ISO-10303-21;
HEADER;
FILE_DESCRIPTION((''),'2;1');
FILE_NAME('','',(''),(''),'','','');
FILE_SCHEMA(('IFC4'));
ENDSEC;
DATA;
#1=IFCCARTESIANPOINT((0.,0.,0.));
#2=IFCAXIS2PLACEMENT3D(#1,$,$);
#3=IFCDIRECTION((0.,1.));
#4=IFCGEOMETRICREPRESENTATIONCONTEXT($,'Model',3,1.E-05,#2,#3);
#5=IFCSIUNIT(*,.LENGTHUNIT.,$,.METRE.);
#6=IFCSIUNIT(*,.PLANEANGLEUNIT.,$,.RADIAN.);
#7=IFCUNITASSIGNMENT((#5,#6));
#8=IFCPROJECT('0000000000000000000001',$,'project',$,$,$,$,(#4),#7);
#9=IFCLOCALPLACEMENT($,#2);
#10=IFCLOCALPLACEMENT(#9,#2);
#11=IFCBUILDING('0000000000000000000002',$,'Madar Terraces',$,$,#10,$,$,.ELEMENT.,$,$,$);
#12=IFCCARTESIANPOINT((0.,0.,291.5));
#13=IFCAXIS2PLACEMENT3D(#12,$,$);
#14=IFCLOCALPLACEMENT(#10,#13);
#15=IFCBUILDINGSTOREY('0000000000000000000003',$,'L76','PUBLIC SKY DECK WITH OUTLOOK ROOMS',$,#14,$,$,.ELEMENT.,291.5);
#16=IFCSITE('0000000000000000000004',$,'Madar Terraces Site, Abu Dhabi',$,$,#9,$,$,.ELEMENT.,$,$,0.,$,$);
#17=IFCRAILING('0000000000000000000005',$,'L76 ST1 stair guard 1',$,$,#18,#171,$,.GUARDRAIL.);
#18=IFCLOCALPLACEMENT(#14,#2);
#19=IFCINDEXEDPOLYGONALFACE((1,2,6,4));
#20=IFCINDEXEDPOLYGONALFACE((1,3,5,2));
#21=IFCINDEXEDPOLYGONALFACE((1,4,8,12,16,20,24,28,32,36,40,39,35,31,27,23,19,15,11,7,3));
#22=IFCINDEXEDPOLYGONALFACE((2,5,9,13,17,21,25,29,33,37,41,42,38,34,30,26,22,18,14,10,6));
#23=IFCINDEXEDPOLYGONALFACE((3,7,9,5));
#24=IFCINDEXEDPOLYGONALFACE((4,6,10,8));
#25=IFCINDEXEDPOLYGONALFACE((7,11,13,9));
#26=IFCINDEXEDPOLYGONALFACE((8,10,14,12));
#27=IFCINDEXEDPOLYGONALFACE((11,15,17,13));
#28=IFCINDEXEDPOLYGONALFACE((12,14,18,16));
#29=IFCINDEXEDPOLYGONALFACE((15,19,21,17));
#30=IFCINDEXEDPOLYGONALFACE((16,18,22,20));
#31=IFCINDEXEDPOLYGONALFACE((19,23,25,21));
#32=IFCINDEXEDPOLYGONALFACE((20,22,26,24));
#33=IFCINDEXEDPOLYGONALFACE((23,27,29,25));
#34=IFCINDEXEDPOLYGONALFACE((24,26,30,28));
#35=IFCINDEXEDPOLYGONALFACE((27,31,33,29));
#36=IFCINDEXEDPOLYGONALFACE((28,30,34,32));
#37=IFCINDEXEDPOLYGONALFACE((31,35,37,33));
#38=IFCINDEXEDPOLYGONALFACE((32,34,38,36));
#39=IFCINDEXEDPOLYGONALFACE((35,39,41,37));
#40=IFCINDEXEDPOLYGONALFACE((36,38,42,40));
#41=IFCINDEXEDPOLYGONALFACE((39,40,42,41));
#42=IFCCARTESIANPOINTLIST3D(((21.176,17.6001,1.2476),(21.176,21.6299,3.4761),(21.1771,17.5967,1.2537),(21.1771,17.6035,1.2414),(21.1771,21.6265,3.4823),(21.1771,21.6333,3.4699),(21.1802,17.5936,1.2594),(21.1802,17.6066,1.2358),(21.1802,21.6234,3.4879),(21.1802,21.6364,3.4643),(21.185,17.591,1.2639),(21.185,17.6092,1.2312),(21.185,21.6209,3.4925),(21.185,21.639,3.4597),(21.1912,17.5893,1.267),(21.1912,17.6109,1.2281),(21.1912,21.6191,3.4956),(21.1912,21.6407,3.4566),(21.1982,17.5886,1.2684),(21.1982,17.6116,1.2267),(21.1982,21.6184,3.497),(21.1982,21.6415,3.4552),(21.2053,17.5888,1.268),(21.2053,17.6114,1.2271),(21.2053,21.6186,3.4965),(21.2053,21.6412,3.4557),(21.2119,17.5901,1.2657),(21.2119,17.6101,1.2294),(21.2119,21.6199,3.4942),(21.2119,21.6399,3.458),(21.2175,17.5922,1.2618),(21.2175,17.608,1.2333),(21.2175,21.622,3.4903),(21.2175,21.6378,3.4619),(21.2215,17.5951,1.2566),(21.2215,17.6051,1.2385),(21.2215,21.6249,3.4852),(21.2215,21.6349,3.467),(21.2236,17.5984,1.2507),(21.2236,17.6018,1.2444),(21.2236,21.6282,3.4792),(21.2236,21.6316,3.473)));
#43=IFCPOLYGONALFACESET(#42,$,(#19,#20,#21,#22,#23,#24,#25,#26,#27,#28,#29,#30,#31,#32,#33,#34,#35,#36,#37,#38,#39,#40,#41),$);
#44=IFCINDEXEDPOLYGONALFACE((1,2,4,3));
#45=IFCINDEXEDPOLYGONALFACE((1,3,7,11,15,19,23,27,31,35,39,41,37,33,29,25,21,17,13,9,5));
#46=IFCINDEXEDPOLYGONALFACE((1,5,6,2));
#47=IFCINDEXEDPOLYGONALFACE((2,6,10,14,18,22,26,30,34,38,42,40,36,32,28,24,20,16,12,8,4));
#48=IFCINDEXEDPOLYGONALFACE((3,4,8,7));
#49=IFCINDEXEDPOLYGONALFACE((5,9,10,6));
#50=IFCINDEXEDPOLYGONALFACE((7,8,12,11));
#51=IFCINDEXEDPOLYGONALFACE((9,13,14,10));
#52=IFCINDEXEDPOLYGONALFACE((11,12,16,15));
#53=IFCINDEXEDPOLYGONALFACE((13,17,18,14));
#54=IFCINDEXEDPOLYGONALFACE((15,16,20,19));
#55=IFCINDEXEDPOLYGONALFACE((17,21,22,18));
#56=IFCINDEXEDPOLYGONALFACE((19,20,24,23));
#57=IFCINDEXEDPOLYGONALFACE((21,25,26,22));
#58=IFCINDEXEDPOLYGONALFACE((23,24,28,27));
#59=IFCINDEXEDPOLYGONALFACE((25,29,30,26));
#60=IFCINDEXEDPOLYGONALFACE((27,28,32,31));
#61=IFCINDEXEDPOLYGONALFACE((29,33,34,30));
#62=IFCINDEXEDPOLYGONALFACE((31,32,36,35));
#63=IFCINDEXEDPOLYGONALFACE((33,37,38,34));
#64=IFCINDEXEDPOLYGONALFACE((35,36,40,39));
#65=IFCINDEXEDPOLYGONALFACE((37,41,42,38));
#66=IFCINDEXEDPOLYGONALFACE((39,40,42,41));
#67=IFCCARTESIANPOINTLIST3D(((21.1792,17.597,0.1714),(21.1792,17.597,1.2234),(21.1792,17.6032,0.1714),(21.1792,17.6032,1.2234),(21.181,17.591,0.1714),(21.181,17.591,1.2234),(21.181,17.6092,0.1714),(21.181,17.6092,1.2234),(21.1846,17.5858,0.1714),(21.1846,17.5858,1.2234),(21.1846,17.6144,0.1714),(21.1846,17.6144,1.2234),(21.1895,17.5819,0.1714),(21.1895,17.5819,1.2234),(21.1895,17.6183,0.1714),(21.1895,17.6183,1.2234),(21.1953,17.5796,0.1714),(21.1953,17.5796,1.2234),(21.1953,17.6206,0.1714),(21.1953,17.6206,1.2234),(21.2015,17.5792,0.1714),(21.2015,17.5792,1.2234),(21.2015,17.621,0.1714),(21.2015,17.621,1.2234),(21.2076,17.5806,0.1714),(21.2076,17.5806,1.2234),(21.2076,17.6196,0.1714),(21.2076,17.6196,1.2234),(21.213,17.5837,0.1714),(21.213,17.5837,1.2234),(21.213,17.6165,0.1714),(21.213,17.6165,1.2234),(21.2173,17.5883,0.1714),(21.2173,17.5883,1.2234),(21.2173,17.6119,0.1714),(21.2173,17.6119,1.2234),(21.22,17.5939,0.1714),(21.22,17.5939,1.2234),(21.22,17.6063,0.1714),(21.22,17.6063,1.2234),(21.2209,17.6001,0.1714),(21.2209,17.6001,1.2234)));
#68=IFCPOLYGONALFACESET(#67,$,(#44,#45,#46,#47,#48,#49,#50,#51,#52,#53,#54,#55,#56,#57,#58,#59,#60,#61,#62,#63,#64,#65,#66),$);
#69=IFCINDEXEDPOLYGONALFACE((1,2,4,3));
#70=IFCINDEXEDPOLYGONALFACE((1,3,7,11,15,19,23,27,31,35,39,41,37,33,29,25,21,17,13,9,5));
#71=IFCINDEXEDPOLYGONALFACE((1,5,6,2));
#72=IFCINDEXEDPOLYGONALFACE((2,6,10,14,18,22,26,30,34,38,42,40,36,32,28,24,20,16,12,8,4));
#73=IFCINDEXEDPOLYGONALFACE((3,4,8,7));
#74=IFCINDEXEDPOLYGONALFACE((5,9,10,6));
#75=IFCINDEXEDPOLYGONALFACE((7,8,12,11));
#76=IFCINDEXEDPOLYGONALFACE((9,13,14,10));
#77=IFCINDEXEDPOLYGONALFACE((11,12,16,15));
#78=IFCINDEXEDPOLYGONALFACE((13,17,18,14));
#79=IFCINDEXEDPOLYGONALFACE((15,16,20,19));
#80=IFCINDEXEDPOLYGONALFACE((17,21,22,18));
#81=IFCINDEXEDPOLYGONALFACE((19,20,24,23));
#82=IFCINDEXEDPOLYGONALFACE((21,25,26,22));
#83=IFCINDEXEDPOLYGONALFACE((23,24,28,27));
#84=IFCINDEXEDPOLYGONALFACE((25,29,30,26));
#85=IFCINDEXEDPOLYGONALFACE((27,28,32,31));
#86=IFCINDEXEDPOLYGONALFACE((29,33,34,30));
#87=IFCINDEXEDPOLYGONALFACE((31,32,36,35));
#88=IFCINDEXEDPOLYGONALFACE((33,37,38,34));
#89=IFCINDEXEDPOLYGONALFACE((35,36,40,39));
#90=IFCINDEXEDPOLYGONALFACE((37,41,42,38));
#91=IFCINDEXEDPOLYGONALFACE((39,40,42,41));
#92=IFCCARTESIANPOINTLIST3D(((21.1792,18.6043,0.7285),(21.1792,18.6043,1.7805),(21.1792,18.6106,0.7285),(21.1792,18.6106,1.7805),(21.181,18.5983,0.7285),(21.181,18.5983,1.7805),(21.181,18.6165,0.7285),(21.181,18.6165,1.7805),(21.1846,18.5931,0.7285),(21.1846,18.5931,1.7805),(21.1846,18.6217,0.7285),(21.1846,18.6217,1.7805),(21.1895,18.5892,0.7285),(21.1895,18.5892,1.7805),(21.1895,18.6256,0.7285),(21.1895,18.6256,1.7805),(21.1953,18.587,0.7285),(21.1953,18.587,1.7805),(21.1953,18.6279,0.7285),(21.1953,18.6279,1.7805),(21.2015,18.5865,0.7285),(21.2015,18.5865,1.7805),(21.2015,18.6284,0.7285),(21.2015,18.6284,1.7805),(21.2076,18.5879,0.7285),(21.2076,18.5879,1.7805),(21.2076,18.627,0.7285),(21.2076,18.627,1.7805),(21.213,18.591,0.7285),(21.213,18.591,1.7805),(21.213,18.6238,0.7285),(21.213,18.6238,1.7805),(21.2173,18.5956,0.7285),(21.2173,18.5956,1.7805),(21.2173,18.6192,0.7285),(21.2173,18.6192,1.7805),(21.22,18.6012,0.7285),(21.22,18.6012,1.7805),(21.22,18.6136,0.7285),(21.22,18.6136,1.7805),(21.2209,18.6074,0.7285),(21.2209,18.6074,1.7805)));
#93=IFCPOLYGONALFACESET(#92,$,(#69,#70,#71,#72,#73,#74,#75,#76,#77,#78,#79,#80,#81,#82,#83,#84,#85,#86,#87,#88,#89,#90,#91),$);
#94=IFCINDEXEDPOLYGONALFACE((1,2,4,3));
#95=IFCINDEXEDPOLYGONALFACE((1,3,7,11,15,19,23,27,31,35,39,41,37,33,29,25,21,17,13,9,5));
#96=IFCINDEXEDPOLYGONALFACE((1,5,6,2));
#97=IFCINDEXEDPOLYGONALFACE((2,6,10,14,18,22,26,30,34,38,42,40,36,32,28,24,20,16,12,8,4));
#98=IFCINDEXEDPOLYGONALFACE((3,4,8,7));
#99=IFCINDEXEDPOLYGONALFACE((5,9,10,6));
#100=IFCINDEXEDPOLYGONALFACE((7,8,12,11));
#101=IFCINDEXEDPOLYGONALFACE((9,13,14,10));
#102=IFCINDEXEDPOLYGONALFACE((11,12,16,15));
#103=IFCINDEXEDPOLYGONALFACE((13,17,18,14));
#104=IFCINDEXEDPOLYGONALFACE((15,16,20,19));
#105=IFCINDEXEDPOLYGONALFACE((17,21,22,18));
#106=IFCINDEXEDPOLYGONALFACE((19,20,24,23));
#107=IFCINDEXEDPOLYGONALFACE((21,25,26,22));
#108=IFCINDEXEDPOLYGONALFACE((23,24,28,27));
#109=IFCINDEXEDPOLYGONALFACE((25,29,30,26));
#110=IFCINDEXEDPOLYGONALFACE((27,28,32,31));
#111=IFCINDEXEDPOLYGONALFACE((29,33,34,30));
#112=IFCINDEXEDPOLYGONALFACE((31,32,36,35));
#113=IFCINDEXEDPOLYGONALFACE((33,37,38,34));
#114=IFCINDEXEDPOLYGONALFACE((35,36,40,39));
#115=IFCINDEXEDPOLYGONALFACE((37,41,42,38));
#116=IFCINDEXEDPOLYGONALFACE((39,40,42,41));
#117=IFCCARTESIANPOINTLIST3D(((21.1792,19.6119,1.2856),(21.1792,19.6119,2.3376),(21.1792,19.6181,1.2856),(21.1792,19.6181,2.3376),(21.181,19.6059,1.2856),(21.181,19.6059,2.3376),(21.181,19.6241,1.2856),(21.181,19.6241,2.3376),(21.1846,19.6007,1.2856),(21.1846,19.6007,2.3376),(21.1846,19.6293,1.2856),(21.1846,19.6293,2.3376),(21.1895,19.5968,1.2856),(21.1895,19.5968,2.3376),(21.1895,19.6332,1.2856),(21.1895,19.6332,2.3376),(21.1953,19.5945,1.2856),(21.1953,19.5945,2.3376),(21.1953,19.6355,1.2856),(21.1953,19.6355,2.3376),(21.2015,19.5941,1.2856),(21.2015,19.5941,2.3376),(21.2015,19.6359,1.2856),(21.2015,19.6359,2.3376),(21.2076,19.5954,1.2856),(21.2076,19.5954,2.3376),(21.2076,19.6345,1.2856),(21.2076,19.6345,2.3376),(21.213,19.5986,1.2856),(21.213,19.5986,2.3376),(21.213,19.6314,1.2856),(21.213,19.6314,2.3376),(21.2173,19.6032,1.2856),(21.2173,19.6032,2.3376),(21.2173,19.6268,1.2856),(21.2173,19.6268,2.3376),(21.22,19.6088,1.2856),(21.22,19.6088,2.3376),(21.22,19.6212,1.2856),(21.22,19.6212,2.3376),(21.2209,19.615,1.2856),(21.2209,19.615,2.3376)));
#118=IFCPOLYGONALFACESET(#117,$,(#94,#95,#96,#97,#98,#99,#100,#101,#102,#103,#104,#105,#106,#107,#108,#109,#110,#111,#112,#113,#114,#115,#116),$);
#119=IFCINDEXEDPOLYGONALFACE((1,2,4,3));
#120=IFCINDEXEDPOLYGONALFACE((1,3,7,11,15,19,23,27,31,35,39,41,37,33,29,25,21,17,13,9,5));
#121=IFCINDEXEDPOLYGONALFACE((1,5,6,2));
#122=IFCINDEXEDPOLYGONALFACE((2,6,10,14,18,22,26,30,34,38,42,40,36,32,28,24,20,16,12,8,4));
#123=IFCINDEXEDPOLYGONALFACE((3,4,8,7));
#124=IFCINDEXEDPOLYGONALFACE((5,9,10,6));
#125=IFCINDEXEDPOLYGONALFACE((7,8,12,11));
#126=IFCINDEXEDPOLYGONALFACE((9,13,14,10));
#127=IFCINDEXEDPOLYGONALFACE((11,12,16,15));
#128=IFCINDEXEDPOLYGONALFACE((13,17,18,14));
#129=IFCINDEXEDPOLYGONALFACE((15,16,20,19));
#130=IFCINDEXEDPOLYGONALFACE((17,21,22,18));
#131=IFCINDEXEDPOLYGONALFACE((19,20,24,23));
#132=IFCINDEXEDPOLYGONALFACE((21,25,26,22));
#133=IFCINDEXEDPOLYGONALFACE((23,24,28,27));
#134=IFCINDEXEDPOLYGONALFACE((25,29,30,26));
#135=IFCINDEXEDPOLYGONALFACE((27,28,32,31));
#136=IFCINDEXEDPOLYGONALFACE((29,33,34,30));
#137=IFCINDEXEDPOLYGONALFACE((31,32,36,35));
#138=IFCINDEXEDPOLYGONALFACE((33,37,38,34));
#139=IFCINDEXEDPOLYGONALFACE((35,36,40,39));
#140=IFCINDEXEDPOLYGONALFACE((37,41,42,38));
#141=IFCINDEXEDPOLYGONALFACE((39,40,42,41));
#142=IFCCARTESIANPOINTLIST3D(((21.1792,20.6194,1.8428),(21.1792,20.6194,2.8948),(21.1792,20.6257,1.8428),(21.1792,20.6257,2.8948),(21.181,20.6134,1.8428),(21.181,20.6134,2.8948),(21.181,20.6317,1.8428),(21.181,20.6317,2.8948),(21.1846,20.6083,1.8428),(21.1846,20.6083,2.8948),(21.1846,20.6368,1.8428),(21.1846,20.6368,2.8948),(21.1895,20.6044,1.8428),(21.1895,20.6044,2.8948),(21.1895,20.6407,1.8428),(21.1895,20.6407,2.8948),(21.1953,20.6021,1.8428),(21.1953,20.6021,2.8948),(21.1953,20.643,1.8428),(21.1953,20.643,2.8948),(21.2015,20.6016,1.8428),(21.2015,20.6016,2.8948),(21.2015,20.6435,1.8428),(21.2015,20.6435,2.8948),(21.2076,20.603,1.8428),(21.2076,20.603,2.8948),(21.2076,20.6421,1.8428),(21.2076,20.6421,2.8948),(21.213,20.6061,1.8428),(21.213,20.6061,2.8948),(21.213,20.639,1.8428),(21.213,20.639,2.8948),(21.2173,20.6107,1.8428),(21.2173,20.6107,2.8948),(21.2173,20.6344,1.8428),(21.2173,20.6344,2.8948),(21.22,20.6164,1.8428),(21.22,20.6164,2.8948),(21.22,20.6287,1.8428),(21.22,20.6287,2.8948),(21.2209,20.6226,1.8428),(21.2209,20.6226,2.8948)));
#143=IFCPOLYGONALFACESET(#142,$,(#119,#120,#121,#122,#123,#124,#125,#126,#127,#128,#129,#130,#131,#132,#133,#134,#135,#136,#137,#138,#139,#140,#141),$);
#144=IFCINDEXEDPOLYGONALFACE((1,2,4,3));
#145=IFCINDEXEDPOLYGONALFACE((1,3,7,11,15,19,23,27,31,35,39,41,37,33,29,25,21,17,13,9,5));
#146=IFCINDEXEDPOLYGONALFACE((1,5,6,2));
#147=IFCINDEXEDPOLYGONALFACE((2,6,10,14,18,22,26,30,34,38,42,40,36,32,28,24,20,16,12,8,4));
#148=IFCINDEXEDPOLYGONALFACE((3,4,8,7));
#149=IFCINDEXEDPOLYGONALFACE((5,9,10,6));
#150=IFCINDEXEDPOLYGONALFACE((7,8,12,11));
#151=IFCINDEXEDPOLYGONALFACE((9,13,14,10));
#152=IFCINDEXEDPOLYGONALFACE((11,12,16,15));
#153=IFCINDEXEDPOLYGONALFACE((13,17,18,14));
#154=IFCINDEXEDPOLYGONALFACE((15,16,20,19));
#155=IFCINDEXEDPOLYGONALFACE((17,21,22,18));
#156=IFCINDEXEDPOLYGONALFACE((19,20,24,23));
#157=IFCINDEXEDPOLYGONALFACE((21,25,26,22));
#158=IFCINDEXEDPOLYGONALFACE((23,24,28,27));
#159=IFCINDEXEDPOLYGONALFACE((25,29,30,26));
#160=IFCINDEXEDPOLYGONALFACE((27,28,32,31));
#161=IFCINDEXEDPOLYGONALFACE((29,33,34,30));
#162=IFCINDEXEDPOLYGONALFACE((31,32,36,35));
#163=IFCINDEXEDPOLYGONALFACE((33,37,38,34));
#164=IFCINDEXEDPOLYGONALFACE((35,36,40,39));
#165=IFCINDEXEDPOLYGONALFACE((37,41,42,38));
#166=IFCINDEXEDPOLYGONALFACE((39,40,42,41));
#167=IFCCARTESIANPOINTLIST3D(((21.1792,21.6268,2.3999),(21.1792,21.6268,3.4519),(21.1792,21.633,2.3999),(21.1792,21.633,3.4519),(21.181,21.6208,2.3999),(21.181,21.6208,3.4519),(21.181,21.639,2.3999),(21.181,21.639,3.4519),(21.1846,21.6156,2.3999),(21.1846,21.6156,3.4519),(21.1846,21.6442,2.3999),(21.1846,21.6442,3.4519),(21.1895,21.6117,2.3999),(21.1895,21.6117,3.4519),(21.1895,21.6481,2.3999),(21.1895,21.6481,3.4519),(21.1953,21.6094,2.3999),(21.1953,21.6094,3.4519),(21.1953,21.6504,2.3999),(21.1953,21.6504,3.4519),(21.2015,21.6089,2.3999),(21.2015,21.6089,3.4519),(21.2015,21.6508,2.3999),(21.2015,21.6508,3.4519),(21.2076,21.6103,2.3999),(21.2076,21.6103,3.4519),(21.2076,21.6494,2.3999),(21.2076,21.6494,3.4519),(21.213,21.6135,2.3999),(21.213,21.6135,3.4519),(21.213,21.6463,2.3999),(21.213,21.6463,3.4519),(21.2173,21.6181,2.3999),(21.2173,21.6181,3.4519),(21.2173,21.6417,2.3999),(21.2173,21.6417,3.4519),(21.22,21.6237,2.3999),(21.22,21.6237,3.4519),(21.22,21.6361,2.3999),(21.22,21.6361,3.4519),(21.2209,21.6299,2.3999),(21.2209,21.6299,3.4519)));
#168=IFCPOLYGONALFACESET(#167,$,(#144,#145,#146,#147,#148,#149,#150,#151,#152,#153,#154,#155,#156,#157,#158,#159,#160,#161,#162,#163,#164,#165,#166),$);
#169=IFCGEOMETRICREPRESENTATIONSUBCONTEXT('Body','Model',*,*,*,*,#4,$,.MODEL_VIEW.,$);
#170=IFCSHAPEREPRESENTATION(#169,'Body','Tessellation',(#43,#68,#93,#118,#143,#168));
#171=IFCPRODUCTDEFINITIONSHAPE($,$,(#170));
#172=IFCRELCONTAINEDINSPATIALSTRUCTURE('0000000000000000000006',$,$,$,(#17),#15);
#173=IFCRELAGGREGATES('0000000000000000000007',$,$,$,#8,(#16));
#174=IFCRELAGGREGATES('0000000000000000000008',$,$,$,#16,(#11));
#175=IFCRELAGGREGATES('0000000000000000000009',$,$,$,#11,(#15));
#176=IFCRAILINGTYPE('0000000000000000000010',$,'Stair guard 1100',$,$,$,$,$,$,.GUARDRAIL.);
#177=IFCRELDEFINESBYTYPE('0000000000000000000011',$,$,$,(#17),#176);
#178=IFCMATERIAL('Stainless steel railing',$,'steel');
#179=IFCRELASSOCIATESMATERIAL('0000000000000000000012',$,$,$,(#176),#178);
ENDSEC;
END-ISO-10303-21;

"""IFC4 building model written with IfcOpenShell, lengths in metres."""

from ifc_helpers import new_model, si_unit, direction, frame, origin, origin_2d, place, context, subcontext, project, spatial, circle, extrude, material, type_object, element, save


model = new_model("IFC4")

# Units and contexts
model_context = context("Model", 3, precision=1e-05, world=origin(), true_north=direction((0.0, 1.0)))
body_context = subcontext(model_context, "Body", "Model", "MODEL_VIEW")
ifc_project = project(units=[si_unit("LENGTHUNIT", "METRE"), si_unit("PLANEANGLEUNIT", "RADIAN")], contexts=[model_context])

# Site, building, storey
site_placement = place(None, origin())
site = spatial("IfcSite", under=ifc_project, at=site_placement, Name="Madar Terraces Site, Abu Dhabi", CompositionType="ELEMENT", RefElevation=0.0)
building_placement = place(site_placement, origin())
building = spatial("IfcBuilding", under=site, at=building_placement, Name="Madar Terraces", CompositionType="ELEMENT")
storey_placement = place(building_placement, frame((0.0, 0.0, 291.5)))
storey = spatial("IfcBuildingStorey", under=building, at=storey_placement, Name="L76", Description="PUBLIC SKY DECK WITH OUTLOOK ROOMS", CompositionType="ELEMENT", Elevation=291.5)

# Railing
ifc_material_1 = material(Name="Stainless steel railing", Category="steel")
railing_type_1 = type_object("IfcRailingType", Name="Stair guard 1100", PredefinedType="GUARDRAIL", material=ifc_material_1)
railing_1_placement = place(storey_placement, frame((21.2, 17.6001, 0.1714)))
element("IfcRailing", 1, at=railing_1_placement, inside=storey, type_object=railing_type_1, Name="L76 ST1 stair guard 1", PredefinedType="GUARDRAIL", context=body_context, shape_type="SweptSolid", body=[
    extrude(circle(Radius=0.0239, at=origin_2d()), frame((0.0, 0.0, 1.0762), z_axis=(0.0, 0.875101, 0.48394), x_axis=(-1.0, 0.0, 0.0)), (0.0, 0.0, 1.0), 4.605),
    extrude(circle(Radius=0.021, at=origin_2d()), origin(), (0.0, 0.0, 1.0), 1.052),
    extrude(circle(Radius=0.021, at=origin_2d()), frame((0.0, 1.0073, 0.5571)), (0.0, 0.0, 1.0), 1.052),
    extrude(circle(Radius=0.021, at=origin_2d()), frame((0.0, 2.0149, 1.1143)), (0.0, 0.0, 1.0), 1.052),
    extrude(circle(Radius=0.021, at=origin_2d()), frame((0.0, 3.0225, 1.6714)), (0.0, 0.0, 1.0), 1.052),
    extrude(circle(Radius=0.021, at=origin_2d()), frame((0.0, 4.0298, 2.2285)), (0.0, 0.0, 1.0), 1.052),
])

save(model, "model.ifc")
